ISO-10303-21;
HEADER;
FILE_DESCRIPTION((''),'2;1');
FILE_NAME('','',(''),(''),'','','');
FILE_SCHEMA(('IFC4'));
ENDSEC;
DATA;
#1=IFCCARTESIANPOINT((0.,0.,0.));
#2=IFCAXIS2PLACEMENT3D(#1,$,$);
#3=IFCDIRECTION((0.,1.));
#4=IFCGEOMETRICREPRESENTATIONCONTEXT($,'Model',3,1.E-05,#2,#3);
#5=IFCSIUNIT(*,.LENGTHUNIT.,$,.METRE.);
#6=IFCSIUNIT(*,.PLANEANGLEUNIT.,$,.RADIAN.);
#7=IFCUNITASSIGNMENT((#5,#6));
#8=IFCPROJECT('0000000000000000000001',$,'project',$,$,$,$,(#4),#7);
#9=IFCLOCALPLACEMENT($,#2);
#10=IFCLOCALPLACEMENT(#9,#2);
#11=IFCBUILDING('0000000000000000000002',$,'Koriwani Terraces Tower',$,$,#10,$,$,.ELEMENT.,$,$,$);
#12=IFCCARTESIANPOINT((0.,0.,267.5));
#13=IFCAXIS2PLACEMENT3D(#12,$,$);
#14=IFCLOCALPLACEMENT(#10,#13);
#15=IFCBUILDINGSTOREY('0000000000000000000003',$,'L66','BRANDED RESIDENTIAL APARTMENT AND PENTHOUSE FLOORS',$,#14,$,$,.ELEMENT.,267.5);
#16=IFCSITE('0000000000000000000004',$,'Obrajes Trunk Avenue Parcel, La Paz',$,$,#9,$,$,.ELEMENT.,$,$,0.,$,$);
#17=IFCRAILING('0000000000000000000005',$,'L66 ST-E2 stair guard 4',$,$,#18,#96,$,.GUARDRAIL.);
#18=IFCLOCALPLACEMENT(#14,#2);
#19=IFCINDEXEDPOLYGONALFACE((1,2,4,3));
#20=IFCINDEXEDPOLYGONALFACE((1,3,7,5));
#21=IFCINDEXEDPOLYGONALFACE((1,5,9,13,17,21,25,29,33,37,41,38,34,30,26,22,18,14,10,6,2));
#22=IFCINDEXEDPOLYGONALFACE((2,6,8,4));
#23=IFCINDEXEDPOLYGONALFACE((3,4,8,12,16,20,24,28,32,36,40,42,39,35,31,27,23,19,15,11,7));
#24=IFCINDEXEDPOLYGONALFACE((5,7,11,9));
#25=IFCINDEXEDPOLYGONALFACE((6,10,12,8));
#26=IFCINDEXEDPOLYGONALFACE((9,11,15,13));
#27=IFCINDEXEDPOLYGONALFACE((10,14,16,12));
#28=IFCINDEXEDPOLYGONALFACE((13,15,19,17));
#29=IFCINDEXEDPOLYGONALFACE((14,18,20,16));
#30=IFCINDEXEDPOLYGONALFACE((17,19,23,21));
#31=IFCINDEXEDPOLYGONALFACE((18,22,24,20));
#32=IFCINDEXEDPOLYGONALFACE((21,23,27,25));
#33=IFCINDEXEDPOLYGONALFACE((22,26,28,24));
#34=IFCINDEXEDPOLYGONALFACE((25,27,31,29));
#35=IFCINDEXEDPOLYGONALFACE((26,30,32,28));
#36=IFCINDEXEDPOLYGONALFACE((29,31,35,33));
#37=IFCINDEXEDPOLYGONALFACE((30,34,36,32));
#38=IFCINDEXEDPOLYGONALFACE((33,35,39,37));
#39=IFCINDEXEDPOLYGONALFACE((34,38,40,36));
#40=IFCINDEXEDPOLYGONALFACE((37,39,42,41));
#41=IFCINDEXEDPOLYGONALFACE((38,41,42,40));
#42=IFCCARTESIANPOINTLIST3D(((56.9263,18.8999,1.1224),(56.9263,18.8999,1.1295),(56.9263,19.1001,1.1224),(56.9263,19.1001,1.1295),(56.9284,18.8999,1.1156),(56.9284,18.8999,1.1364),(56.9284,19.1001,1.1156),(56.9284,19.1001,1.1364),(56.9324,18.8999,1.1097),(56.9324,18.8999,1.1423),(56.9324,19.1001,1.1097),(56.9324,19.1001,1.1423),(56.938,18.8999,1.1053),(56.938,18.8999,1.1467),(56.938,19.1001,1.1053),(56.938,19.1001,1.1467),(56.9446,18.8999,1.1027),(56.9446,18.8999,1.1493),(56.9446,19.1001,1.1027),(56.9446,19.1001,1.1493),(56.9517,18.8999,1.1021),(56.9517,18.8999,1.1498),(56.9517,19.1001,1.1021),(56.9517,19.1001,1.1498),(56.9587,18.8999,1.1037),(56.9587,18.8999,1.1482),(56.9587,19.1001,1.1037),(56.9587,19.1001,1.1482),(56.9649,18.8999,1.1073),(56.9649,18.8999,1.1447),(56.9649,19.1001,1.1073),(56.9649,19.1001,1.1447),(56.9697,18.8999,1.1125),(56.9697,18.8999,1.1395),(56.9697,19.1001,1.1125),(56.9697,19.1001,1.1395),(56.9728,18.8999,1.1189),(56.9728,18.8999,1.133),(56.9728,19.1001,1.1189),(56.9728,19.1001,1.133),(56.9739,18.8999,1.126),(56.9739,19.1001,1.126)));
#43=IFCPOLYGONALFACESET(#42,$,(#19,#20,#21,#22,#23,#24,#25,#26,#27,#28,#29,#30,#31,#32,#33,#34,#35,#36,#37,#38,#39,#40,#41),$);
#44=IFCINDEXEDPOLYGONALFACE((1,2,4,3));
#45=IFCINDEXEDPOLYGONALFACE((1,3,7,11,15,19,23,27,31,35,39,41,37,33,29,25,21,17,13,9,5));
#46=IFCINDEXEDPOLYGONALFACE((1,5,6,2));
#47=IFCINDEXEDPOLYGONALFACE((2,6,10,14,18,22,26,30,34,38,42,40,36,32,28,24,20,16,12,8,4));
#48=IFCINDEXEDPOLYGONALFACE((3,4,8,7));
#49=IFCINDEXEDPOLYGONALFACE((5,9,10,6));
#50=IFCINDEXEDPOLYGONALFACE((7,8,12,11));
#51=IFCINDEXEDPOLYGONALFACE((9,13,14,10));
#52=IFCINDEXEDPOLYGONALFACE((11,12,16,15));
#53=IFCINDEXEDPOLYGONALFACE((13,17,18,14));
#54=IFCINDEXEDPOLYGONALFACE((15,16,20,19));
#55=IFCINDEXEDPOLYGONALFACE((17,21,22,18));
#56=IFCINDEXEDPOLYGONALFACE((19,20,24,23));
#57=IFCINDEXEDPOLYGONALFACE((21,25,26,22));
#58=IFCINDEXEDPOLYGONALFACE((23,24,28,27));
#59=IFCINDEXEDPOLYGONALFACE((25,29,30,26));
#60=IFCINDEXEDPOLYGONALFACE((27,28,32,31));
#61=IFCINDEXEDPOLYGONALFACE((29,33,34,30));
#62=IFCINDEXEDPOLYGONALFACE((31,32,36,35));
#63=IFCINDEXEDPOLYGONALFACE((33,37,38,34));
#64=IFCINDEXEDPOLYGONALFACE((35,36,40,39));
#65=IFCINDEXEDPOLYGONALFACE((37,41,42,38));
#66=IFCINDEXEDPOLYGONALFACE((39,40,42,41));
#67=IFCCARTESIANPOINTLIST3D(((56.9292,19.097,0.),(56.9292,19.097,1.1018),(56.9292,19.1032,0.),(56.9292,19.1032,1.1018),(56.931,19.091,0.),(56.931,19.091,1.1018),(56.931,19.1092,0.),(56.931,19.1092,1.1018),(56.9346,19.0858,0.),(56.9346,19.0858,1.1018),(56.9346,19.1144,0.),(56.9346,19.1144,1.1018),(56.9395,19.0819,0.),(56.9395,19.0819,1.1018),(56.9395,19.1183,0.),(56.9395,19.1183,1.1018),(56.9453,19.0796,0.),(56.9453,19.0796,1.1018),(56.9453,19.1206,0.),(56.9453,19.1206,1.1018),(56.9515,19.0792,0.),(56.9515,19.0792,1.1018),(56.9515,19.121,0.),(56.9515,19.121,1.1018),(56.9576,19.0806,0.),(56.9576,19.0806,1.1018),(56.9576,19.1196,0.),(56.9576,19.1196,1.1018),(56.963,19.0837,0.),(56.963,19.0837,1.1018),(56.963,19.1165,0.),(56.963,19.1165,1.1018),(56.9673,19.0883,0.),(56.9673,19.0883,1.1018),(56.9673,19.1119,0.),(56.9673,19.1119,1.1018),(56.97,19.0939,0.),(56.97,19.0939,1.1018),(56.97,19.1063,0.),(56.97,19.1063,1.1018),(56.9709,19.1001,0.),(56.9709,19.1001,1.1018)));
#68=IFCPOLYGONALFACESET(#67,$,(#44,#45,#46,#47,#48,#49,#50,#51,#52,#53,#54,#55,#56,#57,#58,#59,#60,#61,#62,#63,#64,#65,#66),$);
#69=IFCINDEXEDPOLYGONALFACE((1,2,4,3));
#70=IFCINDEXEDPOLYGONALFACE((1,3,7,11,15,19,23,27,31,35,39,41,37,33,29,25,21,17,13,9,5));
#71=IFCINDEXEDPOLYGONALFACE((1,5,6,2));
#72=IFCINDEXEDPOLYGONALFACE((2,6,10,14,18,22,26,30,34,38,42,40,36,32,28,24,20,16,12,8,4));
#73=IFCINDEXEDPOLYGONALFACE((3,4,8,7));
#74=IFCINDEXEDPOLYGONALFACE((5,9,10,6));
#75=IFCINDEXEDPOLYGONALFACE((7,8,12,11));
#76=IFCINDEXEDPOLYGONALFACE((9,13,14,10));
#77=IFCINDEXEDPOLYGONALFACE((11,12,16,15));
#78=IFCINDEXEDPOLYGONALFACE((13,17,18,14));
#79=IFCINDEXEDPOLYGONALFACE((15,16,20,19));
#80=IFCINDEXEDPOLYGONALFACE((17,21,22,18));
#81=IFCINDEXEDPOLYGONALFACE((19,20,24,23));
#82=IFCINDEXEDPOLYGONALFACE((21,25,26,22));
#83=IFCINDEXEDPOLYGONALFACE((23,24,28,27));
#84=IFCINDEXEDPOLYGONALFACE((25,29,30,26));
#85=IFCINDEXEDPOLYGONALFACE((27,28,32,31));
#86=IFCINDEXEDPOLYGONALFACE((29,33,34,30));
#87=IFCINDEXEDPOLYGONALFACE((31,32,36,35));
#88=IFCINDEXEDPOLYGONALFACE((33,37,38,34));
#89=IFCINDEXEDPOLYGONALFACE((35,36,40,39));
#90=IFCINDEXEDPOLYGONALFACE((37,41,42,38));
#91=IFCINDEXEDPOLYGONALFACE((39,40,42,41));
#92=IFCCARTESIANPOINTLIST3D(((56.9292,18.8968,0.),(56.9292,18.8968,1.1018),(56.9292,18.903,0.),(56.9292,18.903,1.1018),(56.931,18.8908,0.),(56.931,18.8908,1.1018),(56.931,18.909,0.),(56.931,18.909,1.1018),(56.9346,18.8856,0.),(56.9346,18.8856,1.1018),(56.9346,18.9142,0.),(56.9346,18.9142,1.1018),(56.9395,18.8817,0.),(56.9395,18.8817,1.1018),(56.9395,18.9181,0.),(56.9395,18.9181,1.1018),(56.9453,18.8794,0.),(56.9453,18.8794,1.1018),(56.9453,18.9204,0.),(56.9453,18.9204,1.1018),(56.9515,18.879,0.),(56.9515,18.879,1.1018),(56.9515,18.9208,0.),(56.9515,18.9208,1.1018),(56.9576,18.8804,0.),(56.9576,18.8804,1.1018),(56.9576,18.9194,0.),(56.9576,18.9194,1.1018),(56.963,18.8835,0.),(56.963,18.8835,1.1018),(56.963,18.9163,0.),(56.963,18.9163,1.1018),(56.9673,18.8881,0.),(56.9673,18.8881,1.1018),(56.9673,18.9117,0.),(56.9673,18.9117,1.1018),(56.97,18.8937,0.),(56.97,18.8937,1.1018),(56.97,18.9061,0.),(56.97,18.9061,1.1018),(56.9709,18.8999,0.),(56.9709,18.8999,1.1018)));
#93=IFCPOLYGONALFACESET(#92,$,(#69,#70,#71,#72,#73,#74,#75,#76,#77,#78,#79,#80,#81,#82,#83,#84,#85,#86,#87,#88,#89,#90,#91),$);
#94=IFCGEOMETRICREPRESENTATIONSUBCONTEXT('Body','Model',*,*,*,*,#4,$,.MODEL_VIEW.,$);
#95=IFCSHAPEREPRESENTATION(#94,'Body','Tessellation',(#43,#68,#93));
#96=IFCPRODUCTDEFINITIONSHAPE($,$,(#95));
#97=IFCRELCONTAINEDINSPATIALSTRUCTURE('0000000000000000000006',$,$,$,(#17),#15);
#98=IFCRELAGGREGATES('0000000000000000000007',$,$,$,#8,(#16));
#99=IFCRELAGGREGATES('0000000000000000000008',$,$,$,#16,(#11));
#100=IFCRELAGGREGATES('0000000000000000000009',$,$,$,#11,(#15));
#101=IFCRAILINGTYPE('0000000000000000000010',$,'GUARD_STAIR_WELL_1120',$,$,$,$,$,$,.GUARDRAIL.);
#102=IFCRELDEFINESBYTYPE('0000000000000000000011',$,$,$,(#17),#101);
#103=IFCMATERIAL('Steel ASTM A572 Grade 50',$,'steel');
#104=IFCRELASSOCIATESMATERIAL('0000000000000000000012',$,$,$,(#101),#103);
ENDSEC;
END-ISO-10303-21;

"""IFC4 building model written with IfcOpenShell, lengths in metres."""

from ifc_helpers import new_model, si_unit, direction, frame, origin, origin_2d, place, context, subcontext, project, spatial, circle, extrude, material, type_object, element, save


model = new_model("IFC4")

# Units and contexts
model_context = context("Model", 3, precision=1e-05, world=origin(), true_north=direction((0.0, 1.0)))
body_context = subcontext(model_context, "Body", "Model", "MODEL_VIEW")
ifc_project = project(units=[si_unit("LENGTHUNIT", "METRE"), si_unit("PLANEANGLEUNIT", "RADIAN")], contexts=[model_context])

# Site, building, storey
site_placement = place(None, origin())
site = spatial("IfcSite", under=ifc_project, at=site_placement, Name="Obrajes Trunk Avenue Parcel, La Paz", CompositionType="ELEMENT", RefElevation=0.0)
building_placement = place(site_placement, origin())
building = spatial("IfcBuilding", under=site, at=building_placement, Name="Koriwani Terraces Tower", CompositionType="ELEMENT")
storey_placement = place(building_placement, frame((0.0, 0.0, 267.5)))
storey = spatial("IfcBuildingStorey", under=building, at=storey_placement, Name="L66", Description="BRANDED RESIDENTIAL APARTMENT AND PENTHOUSE FLOORS", CompositionType="ELEMENT", Elevation=267.5)

# Shared definitions
ifc_material_1 = material(Name="Steel ASTM A572 Grade 50", Category="steel")

# Railing
railing_type_1 = type_object("IfcRailingType", Name="GUARD_STAIR_WELL_1120", PredefinedType="GUARDRAIL", material=ifc_material_1)
railing_1_placement = place(storey_placement, frame((56.95, 19.1001, 0.0)))
element("IfcRailing", 1, at=railing_1_placement, inside=storey, type_object=railing_type_1, Name="L66 ST-E2 stair guard 4", PredefinedType="GUARDRAIL", context=body_context, shape_type="SweptSolid", body=[
    extrude(circle(Radius=0.0239, at=origin_2d()), frame((0.0, 0.0, 1.126), z_axis=(0.0, -1.0, 0.0), x_axis=(1.0, 0.0, 0.0)), (0.0, 0.0, 1.0), 0.2002),
    extrude(circle(Radius=0.021, at=origin_2d()), origin(), (0.0, 0.0, 1.0), 1.1018),
    extrude(circle(Radius=0.021, at=origin_2d()), frame((0.0, -0.2002, 0.0)), (0.0, 0.0, 1.0), 1.1018),
])

save(model, "model.ifc")
